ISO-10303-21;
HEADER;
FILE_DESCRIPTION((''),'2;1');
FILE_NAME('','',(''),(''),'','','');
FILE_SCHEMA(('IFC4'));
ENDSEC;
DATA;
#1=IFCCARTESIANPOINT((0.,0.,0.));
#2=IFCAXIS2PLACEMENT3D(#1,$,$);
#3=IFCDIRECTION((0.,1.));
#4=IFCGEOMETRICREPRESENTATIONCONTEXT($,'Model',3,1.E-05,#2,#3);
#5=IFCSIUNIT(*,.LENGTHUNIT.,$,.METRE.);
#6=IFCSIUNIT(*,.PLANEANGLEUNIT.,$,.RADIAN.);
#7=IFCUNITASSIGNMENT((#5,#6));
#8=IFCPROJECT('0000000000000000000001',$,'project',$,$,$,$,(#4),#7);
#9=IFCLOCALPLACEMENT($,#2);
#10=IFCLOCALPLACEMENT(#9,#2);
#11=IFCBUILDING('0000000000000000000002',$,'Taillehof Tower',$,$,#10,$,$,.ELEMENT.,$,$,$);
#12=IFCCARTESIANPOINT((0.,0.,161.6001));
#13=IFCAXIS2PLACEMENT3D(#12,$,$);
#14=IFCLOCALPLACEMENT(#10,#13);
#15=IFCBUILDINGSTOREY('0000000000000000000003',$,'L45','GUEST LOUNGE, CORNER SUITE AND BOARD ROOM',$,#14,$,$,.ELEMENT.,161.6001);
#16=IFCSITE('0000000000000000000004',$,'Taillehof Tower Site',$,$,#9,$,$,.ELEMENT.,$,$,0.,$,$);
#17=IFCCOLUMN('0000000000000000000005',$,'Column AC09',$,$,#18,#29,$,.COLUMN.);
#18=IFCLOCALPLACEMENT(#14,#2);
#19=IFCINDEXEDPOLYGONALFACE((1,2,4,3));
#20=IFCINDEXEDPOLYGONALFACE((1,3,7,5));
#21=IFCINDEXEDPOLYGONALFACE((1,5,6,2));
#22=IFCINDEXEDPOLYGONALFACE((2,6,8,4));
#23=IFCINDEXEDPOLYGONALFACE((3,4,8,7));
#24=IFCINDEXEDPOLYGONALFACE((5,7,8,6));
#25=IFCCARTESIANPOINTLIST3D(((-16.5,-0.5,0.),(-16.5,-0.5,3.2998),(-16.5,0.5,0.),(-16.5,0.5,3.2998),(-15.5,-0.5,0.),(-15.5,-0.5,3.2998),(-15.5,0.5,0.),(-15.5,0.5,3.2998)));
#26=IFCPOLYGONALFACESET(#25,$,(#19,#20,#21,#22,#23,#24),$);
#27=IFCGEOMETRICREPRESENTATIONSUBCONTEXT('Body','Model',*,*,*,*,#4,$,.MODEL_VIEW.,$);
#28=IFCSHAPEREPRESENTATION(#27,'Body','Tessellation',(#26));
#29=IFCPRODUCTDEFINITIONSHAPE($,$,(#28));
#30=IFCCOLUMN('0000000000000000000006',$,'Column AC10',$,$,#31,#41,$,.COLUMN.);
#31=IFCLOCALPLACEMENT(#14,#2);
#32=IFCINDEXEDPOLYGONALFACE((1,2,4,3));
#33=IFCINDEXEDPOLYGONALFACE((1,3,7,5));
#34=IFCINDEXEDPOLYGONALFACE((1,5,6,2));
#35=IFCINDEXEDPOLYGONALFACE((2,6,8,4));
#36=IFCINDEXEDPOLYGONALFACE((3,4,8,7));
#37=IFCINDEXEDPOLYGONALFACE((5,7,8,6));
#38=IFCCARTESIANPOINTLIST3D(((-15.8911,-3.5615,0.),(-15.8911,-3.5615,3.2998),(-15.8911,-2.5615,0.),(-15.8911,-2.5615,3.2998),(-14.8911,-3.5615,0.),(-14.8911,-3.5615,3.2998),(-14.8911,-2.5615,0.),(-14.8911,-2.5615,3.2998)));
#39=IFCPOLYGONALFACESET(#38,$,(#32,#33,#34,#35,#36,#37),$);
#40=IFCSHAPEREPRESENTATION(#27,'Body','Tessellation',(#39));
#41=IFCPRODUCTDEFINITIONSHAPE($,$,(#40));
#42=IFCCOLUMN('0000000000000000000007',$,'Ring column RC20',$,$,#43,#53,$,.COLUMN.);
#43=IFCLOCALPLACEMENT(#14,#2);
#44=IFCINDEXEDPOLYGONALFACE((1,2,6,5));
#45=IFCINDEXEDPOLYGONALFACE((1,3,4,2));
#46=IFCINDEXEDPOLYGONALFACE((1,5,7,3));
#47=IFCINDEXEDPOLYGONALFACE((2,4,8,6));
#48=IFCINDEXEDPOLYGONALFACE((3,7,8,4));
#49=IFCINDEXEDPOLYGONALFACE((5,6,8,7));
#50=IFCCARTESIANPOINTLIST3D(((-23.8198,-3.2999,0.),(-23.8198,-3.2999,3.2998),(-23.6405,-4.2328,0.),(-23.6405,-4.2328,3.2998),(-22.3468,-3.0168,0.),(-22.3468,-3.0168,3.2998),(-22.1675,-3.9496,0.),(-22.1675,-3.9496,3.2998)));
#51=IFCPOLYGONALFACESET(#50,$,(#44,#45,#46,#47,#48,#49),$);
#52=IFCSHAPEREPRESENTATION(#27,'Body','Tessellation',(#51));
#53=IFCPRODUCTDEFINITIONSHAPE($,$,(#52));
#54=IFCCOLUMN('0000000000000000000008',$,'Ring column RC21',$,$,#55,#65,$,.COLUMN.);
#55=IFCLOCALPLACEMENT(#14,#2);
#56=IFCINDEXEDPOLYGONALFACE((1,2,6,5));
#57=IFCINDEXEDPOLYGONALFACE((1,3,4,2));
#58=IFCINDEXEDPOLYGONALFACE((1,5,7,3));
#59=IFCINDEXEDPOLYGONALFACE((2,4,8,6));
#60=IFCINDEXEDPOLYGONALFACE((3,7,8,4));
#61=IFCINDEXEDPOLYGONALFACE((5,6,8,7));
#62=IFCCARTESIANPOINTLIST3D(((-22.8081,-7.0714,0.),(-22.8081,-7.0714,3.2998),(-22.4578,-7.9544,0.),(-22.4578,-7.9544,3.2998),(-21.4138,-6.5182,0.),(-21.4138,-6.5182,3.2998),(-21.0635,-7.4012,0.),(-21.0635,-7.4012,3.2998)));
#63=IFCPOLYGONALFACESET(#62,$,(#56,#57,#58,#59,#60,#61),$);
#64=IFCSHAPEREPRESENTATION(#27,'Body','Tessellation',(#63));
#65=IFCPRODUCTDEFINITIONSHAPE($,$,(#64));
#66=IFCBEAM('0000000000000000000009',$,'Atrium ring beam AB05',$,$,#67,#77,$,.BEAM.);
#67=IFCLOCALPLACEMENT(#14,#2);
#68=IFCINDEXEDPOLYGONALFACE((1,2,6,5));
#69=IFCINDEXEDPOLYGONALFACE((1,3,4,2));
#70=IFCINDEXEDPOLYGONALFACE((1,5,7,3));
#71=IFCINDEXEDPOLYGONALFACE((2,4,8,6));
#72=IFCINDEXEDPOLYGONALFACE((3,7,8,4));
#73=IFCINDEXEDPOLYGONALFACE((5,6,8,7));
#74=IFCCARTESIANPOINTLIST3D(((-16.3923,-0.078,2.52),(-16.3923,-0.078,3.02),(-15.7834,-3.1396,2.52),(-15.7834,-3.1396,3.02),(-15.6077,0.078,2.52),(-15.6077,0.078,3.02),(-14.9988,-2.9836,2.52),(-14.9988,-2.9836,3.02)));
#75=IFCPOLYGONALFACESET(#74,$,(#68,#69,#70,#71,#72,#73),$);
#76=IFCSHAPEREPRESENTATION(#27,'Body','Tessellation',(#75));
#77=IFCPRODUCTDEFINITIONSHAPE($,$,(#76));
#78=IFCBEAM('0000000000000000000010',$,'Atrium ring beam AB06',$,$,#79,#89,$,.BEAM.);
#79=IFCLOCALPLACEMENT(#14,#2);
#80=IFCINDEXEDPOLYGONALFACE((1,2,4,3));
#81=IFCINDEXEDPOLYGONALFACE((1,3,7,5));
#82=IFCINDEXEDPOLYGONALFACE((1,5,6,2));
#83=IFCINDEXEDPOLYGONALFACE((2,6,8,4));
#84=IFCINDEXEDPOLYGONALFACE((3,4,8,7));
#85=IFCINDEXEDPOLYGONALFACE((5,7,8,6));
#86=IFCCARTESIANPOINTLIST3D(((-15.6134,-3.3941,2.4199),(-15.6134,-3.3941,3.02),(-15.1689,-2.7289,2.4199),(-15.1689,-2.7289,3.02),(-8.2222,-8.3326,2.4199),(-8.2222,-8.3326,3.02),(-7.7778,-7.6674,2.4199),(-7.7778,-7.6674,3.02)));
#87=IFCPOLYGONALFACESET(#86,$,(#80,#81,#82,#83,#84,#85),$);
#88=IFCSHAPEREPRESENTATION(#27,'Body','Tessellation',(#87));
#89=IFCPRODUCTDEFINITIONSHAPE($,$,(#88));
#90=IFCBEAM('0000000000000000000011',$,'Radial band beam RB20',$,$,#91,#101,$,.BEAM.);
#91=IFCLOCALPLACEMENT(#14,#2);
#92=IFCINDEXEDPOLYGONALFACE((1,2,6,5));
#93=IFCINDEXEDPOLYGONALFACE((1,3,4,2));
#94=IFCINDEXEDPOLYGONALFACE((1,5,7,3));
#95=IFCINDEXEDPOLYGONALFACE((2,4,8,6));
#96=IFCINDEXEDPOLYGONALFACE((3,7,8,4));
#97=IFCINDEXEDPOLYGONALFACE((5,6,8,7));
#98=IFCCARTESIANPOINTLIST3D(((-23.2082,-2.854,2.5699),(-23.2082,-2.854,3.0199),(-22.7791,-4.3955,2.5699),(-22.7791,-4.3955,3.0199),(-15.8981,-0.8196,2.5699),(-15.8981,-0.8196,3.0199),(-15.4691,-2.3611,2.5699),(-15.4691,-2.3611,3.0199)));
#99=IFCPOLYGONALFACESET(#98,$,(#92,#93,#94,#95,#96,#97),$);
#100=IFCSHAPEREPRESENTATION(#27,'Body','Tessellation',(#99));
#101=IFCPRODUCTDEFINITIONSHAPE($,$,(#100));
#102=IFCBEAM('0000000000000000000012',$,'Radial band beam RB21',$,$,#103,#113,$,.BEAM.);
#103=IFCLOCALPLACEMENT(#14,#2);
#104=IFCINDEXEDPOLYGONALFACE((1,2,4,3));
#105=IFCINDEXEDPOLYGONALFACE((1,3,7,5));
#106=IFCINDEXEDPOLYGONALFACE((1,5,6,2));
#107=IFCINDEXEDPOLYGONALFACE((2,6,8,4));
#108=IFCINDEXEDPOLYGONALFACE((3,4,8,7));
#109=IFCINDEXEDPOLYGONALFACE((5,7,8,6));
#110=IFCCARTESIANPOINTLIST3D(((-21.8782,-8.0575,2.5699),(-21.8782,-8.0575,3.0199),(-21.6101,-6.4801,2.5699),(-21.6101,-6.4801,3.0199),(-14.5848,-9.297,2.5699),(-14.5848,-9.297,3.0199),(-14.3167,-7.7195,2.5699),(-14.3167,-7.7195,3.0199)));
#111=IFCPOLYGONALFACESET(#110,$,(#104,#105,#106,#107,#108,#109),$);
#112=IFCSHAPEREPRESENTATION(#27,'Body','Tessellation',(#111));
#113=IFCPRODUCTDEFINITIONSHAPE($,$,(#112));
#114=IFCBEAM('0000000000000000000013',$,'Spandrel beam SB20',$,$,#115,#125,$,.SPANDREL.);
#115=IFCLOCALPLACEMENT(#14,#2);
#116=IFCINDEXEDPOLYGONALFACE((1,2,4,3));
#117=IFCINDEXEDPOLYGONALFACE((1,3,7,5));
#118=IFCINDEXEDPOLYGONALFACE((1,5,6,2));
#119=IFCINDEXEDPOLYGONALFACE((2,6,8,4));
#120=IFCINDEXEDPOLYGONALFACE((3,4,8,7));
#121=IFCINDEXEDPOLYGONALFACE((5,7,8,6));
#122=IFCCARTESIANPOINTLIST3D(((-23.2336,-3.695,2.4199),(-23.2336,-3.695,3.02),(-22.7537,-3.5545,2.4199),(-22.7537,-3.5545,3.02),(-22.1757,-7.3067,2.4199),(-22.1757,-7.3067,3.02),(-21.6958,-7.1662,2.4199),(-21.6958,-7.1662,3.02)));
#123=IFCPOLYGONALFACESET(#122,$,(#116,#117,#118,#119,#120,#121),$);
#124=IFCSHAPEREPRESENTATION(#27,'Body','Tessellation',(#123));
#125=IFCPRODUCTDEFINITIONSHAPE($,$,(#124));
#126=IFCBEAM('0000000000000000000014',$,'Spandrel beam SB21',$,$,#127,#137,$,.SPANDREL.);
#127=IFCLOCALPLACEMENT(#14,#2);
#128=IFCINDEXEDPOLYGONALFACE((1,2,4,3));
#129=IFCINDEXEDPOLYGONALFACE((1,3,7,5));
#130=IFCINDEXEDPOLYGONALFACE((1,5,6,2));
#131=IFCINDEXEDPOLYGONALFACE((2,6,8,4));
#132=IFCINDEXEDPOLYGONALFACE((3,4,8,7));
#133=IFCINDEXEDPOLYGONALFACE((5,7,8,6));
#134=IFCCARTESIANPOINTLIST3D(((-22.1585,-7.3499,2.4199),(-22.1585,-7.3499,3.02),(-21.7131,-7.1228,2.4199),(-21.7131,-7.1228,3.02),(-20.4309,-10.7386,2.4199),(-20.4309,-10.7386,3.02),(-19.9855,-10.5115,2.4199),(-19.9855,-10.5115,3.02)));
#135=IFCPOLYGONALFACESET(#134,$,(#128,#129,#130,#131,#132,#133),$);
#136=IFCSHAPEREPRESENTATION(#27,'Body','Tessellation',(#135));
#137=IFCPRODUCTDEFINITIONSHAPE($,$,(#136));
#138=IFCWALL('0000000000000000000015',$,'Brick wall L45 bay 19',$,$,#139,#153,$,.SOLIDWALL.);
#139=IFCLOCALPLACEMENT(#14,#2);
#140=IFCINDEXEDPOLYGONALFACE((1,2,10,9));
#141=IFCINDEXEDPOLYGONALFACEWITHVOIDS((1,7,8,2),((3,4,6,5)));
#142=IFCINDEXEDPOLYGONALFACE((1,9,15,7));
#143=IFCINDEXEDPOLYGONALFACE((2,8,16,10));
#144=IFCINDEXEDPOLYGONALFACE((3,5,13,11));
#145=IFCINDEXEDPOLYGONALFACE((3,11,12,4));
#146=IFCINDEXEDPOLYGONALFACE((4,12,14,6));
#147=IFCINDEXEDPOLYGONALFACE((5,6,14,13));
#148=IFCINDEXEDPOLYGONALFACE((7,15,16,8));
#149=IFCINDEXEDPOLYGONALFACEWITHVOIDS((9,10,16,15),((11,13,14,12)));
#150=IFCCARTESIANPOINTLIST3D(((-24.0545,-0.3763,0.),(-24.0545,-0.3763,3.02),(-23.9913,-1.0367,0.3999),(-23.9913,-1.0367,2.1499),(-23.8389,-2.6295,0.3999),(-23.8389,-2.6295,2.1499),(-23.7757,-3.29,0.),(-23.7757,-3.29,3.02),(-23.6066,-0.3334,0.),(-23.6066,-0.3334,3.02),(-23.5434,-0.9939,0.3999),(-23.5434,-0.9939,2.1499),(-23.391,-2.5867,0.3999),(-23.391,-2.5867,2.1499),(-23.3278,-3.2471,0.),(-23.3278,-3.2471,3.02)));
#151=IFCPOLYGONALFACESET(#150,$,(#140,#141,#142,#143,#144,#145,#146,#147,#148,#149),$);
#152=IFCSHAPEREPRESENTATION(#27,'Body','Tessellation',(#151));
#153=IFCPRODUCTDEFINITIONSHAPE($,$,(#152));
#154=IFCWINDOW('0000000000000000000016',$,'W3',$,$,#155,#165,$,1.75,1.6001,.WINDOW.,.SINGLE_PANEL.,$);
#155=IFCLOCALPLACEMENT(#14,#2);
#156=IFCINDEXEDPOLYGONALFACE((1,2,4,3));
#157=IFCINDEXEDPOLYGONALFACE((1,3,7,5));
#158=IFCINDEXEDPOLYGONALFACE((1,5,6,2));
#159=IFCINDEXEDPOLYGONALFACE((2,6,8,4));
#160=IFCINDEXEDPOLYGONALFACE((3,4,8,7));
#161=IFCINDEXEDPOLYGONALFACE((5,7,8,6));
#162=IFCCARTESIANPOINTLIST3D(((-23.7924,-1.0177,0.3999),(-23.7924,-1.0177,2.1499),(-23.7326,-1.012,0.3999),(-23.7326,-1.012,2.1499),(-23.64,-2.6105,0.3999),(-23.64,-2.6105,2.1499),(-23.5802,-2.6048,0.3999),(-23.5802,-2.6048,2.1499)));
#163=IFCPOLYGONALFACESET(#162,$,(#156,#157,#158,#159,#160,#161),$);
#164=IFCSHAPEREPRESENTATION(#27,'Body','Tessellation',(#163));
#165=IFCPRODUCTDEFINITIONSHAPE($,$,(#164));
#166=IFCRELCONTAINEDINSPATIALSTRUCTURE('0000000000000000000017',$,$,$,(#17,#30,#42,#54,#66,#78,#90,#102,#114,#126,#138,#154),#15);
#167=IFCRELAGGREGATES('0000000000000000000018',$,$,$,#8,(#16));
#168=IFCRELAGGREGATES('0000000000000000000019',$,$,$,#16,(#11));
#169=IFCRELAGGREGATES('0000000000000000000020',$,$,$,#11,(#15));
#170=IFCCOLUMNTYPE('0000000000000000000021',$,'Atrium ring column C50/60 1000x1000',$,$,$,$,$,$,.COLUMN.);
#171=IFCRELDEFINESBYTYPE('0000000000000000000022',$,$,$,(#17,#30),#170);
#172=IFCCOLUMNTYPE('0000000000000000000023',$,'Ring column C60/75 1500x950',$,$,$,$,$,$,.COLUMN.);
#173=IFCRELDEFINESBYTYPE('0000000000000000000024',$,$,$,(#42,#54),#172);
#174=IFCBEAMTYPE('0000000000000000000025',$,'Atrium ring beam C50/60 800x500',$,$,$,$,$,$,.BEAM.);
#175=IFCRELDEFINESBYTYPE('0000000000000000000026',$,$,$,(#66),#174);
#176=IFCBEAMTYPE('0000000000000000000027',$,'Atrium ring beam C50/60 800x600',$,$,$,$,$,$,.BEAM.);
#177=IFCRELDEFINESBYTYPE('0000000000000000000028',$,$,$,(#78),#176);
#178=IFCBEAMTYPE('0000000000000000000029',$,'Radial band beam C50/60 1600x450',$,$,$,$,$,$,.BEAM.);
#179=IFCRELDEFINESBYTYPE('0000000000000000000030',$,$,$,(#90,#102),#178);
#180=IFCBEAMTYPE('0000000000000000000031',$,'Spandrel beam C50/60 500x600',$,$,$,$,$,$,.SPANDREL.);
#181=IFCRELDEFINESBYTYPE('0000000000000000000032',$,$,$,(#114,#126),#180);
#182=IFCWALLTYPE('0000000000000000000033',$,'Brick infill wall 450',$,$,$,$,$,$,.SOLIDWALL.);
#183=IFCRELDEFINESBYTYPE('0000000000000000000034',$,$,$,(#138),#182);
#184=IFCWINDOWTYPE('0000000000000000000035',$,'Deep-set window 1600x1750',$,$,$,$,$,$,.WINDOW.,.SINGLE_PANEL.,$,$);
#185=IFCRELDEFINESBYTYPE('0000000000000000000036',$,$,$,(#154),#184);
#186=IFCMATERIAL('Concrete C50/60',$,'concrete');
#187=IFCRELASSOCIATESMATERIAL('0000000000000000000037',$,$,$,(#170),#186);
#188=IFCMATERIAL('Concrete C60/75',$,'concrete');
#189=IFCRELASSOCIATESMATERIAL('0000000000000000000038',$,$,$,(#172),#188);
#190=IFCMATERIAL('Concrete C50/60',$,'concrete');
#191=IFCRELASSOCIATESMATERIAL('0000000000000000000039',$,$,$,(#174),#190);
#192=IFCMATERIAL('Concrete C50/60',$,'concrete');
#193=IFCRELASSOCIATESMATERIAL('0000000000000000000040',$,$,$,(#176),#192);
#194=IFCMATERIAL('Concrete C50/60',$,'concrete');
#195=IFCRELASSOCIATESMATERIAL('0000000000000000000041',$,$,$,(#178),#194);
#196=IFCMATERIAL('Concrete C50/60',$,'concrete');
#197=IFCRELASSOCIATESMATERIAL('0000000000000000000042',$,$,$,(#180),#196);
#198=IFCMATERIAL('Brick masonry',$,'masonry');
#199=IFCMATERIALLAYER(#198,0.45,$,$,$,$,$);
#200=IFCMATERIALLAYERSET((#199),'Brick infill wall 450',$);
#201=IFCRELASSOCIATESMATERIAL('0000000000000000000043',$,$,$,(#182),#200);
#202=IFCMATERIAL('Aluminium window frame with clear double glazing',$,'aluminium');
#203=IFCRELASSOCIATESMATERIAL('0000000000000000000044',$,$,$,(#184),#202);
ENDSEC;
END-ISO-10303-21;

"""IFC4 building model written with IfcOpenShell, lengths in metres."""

from ifc_helpers import new_model, si_unit, direction, frame, frame_2d, origin, origin_2d, place, context, subcontext, project, spatial, rectangle, extrude, material, layer, layer_set, material_profile, profile_set, type_object, element, fill, save


model = new_model("IFC4")

# Units and contexts
model_context = context("Model", 3, precision=1e-05, world=origin(), true_north=direction((0.0, 1.0)))
body_context = subcontext(model_context, "Body", "Model", "MODEL_VIEW")
ifc_project = project(units=[si_unit("LENGTHUNIT", "METRE"), si_unit("PLANEANGLEUNIT", "RADIAN")], contexts=[model_context])

# Site, building, storey
site_placement = place(None, origin())
site = spatial("IfcSite", under=ifc_project, at=site_placement, Name="Taillehof Tower Site", CompositionType="ELEMENT", RefElevation=0.0)
building_placement = place(site_placement, origin())
building = spatial("IfcBuilding", under=site, at=building_placement, Name="Taillehof Tower", CompositionType="ELEMENT")
storey_placement = place(building_placement, frame((0.0, 0.0, 161.6001)))
storey = spatial("IfcBuildingStorey", under=building, at=storey_placement, Name="L45", Description="GUEST LOUNGE, CORNER SUITE AND BOARD ROOM", CompositionType="ELEMENT", Elevation=161.6001)

# Columns
ifc_material_1 = material(Name="Concrete C50/60", Category="concrete")
ifc_material_profile_1 = material_profile(ifc_material_1, rectangle(XDim=1.0, YDim=1.0, at=origin_2d()), Name="RC 1000x1000")
ifc_profile_set_1 = profile_set([ifc_material_profile_1], Name="Concrete C50/60")
column_type_1 = type_object("IfcColumnType", Name="Atrium ring column C50/60 1000x1000", PredefinedType="COLUMN", material=ifc_profile_set_1)
for number, where, z_axis, x_axis, name in (
    (1, (-16.0, 0.0, 0.0), (0.0, 0.0, 1.0), (1.0, 0.0, 0.0), "Column AC09"),
    (2, (-15.3911, -3.0615, 0.0), (0.0, 0.0, 1.0), (1.0, 0.0, 0.0), "Column AC10"),
):
    element("IfcColumn", number, at=place(storey_placement, frame(where, z_axis=z_axis, x_axis=x_axis)), inside=storey, type_object=column_type_1, Name=name, PredefinedType="COLUMN", context=body_context, shape_type="SweptSolid", body=[
        extrude(rectangle(XDim=1.0, YDim=1.0, at=origin_2d()), origin(), (0.0, 0.0, 1.0), 3.2998),
    ])
ifc_material_2 = material(Name="Concrete C60/75", Category="concrete")
ifc_material_profile_2 = material_profile(ifc_material_2, rectangle(XDim=1.5, YDim=0.95, at=origin_2d()), Name="RC 1500x950")
ifc_profile_set_2 = profile_set([ifc_material_profile_2], Name="Concrete C60/75")
column_type_2 = type_object("IfcColumnType", Name="Ring column C60/75 1500x950", PredefinedType="COLUMN", material=ifc_profile_set_2)
for number, where, z_axis, x_axis, name in (
    (3, (-22.9937, -3.6248, 0.0), (0.0, 0.0, 1.0), (-0.982024, -0.188757, 0.0), "Ring column RC20"),
    (4, (-21.9358, -7.2363, 0.0), (0.0, 0.0, 1.0), (-0.929511, -0.368793, 0.0), "Ring column RC21"),
):
    element("IfcColumn", number, at=place(storey_placement, frame(where, z_axis=z_axis, x_axis=x_axis)), inside=storey, type_object=column_type_2, Name=name, PredefinedType="COLUMN", context=body_context, shape_type="SweptSolid", body=[
        extrude(rectangle(XDim=1.5, YDim=0.95, at=origin_2d()), origin(), (0.0, 0.0, 1.0), 3.2998),
    ])

# Beams
ifc_material_3 = material(Name="Concrete C50/60", Category="concrete")
ifc_material_profile_3 = material_profile(ifc_material_3, rectangle(XDim=0.8, YDim=0.5, at=origin_2d()), Name="RC 800x500")
ifc_profile_set_3 = profile_set([ifc_material_profile_3], Name="Concrete C50/60")
beam_type_1 = type_object("IfcBeamType", Name="Atrium ring beam C50/60 800x500", PredefinedType="BEAM", material=ifc_profile_set_3)
beam_1_placement = place(storey_placement, frame((-16.0, 0.0, 2.77), z_axis=(0.195063, -0.980791, 0.0), x_axis=(0.980791, 0.195063, 0.0)))
element("IfcBeam", 5, at=beam_1_placement, inside=storey, type_object=beam_type_1, Name="Atrium ring beam AB05", PredefinedType="BEAM", context=body_context, shape_type="SweptSolid", body=[
    extrude(rectangle(XDim=0.8, YDim=0.5, at=origin_2d()), origin(), (0.0, 0.0, 1.0), 3.1216),
])
ifc_material_4 = material(Name="Concrete C50/60", Category="concrete")
ifc_material_profile_4 = material_profile(ifc_material_4, rectangle(XDim=0.8, YDim=0.6001, at=origin_2d()), Name="RC 800x600")
ifc_profile_set_4 = profile_set([ifc_material_profile_4], Name="Concrete C50/60")
beam_type_2 = type_object("IfcBeamType", Name="Atrium ring beam C50/60 800x600", PredefinedType="BEAM", material=ifc_profile_set_4)
beam_2_placement = place(storey_placement, frame((-15.3911, -3.0615, 2.72), z_axis=(0.831475, -0.555562, 0.0), x_axis=(0.555562, 0.831475, 0.0)))
element("IfcBeam", 6, at=beam_2_placement, inside=storey, type_object=beam_type_2, Name="Atrium ring beam AB06", PredefinedType="BEAM", context=body_context, shape_type="SweptSolid", body=[
    extrude(rectangle(XDim=0.8, YDim=0.6001, at=origin_2d()), origin(), (0.0, 0.0, 1.0), 8.8892),
])
ifc_material_5 = material(Name="Concrete C50/60", Category="concrete")
ifc_material_profile_5 = material_profile(ifc_material_5, rectangle(XDim=1.6001, YDim=0.45, at=origin_2d()), Name="RC 1600x450")
ifc_profile_set_5 = profile_set([ifc_material_profile_5], Name="Concrete C50/60")
beam_type_3 = type_object("IfcBeamType", Name="Radial band beam C50/60 1600x450", PredefinedType="BEAM", material=ifc_profile_set_5)
beam_3_placement = place(storey_placement, frame((-22.9937, -3.6248, 2.7949), z_axis=(0.963387, 0.268115, 0.0), x_axis=(-0.268115, 0.963387, 0.0)))
element("IfcBeam", 7, at=beam_3_placement, inside=storey, type_object=beam_type_3, Name="Radial band beam RB20", PredefinedType="BEAM", context=body_context, shape_type="SweptSolid", body=[
    extrude(rectangle(XDim=1.6001, YDim=0.45, at=origin_2d()), origin(), (0.0, 0.0, 1.0), 7.5879),
])
beam_4_placement = place(storey_placement, frame((-21.7441, -7.2688, 2.7949), z_axis=(0.985864, -0.167545, 0.0), x_axis=(0.167545, 0.985864, 0.0)))
element("IfcBeam", 8, at=beam_4_placement, inside=storey, type_object=beam_type_3, Name="Radial band beam RB21", PredefinedType="BEAM", context=body_context, shape_type="SweptSolid", body=[
    extrude(rectangle(XDim=1.6001, YDim=0.45, at=origin_2d()), origin(), (0.0, 0.0, 1.0), 7.3979),
])
ifc_material_6 = material(Name="Concrete C50/60", Category="concrete")
ifc_material_profile_6 = material_profile(ifc_material_6, rectangle(XDim=0.5, YDim=0.6001, at=origin_2d()), Name="RC 500x600")
ifc_profile_set_6 = profile_set([ifc_material_profile_6], Name="Concrete C50/60")
beam_type_4 = type_object("IfcBeamType", Name="Spandrel beam C50/60 500x600", PredefinedType="SPANDREL", material=ifc_profile_set_6)
beam_5_placement = place(storey_placement, frame((-22.9937, -3.6248, 2.72), z_axis=(0.281098, -0.959679, 0.0), x_axis=(0.959679, 0.281098, 0.0)))
element("IfcBeam", 9, at=beam_5_placement, inside=storey, type_object=beam_type_4, Name="Spandrel beam SB20", PredefinedType="SPANDREL", context=body_context, shape_type="SweptSolid", body=[
    extrude(rectangle(XDim=0.5, YDim=0.6001, at=origin_2d()), origin(), (0.0, 0.0, 1.0), 3.7634),
])
beam_6_placement = place(storey_placement, frame((-21.9358, -7.2363, 2.72), z_axis=(0.454183, -0.890908, 0.0), x_axis=(0.890908, 0.454183, 0.0)))
element("IfcBeam", 10, at=beam_6_placement, inside=storey, type_object=beam_type_4, Name="Spandrel beam SB21", PredefinedType="SPANDREL", context=body_context, shape_type="SweptSolid", body=[
    extrude(rectangle(XDim=0.5, YDim=0.6001, at=origin_2d()), origin(), (0.0, 0.0, 1.0), 3.8037),
])

# Wall, opening, window
ifc_material_7 = material(Name="Brick masonry", Category="masonry")
ifc_layer_1 = layer(ifc_material_7, 0.45)
ifc_layer_set_1 = layer_set([ifc_layer_1], Name="Brick infill wall 450")
wall_type_1 = type_object("IfcWallType", Name="Brick infill wall 450", PredefinedType="SOLIDWALL", material=ifc_layer_set_1)
wall_1_placement = place(storey_placement, frame((-23.8306, -0.355, 0.0), z_axis=(0.0, 0.0, 1.0), x_axis=(0.095258, -0.995453, 0.0)))
wall_1 = element("IfcWall", 11, at=wall_1_placement, inside=storey, type_object=wall_type_1, Name="Brick wall L45 bay 19", PredefinedType="SOLIDWALL", context=body_context, shape_type="SweptSolid", body=[
    extrude(rectangle(XDim=2.927, YDim=0.45, at=frame_2d((1.4634, 0.0))), origin(), (0.0, 0.0, 1.0), 3.02),
])
opening_1_placement = place(wall_1_placement, frame((0.6633, 0.0, 0.3999)))
opening_1 = element("IfcOpeningElement", 12, at=opening_1_placement, cuts=wall_1, PredefinedType="OPENING", context=body_context, shape_type="SweptSolid", body=[
    extrude(rectangle(XDim=1.6001, YDim=1.75, at=frame_2d((0.8, 0.875))), frame((0.0, 0.2349, 0.0), z_axis=(0.0, -1.0, 0.0), x_axis=(1.0, 0.0, 0.0)), (0.0, 0.0, 1.0), 0.47),
])
ifc_material_8 = material(Name="Aluminium window frame with clear double glazing", Category="aluminium")
window_type = type_object("IfcWindowType", Name="Deep-set window 1600x1750", PartitioningType="SINGLE_PANEL", PredefinedType="WINDOW", material=ifc_material_8)
window_1_placement = place(opening_1_placement, origin())
window_1 = element("IfcWindow", 13, at=window_1_placement, inside=storey, type_object=window_type, Name="W3", OverallHeight=1.75, OverallWidth=1.6001, PartitioningType="SINGLE_PANEL", PredefinedType="WINDOW", context=body_context, shape_type="SweptSolid", body=[
    extrude(rectangle(XDim=1.6001, YDim=1.75, at=frame_2d((0.8, 0.875))), frame((0.0, 0.0349, 0.0), z_axis=(0.0, -1.0, 0.0), x_axis=(1.0, 0.0, 0.0)), (0.0, 0.0, 1.0), 0.0601),
])
fill(opening_1, window_1)

save(model, "model.ifc")
